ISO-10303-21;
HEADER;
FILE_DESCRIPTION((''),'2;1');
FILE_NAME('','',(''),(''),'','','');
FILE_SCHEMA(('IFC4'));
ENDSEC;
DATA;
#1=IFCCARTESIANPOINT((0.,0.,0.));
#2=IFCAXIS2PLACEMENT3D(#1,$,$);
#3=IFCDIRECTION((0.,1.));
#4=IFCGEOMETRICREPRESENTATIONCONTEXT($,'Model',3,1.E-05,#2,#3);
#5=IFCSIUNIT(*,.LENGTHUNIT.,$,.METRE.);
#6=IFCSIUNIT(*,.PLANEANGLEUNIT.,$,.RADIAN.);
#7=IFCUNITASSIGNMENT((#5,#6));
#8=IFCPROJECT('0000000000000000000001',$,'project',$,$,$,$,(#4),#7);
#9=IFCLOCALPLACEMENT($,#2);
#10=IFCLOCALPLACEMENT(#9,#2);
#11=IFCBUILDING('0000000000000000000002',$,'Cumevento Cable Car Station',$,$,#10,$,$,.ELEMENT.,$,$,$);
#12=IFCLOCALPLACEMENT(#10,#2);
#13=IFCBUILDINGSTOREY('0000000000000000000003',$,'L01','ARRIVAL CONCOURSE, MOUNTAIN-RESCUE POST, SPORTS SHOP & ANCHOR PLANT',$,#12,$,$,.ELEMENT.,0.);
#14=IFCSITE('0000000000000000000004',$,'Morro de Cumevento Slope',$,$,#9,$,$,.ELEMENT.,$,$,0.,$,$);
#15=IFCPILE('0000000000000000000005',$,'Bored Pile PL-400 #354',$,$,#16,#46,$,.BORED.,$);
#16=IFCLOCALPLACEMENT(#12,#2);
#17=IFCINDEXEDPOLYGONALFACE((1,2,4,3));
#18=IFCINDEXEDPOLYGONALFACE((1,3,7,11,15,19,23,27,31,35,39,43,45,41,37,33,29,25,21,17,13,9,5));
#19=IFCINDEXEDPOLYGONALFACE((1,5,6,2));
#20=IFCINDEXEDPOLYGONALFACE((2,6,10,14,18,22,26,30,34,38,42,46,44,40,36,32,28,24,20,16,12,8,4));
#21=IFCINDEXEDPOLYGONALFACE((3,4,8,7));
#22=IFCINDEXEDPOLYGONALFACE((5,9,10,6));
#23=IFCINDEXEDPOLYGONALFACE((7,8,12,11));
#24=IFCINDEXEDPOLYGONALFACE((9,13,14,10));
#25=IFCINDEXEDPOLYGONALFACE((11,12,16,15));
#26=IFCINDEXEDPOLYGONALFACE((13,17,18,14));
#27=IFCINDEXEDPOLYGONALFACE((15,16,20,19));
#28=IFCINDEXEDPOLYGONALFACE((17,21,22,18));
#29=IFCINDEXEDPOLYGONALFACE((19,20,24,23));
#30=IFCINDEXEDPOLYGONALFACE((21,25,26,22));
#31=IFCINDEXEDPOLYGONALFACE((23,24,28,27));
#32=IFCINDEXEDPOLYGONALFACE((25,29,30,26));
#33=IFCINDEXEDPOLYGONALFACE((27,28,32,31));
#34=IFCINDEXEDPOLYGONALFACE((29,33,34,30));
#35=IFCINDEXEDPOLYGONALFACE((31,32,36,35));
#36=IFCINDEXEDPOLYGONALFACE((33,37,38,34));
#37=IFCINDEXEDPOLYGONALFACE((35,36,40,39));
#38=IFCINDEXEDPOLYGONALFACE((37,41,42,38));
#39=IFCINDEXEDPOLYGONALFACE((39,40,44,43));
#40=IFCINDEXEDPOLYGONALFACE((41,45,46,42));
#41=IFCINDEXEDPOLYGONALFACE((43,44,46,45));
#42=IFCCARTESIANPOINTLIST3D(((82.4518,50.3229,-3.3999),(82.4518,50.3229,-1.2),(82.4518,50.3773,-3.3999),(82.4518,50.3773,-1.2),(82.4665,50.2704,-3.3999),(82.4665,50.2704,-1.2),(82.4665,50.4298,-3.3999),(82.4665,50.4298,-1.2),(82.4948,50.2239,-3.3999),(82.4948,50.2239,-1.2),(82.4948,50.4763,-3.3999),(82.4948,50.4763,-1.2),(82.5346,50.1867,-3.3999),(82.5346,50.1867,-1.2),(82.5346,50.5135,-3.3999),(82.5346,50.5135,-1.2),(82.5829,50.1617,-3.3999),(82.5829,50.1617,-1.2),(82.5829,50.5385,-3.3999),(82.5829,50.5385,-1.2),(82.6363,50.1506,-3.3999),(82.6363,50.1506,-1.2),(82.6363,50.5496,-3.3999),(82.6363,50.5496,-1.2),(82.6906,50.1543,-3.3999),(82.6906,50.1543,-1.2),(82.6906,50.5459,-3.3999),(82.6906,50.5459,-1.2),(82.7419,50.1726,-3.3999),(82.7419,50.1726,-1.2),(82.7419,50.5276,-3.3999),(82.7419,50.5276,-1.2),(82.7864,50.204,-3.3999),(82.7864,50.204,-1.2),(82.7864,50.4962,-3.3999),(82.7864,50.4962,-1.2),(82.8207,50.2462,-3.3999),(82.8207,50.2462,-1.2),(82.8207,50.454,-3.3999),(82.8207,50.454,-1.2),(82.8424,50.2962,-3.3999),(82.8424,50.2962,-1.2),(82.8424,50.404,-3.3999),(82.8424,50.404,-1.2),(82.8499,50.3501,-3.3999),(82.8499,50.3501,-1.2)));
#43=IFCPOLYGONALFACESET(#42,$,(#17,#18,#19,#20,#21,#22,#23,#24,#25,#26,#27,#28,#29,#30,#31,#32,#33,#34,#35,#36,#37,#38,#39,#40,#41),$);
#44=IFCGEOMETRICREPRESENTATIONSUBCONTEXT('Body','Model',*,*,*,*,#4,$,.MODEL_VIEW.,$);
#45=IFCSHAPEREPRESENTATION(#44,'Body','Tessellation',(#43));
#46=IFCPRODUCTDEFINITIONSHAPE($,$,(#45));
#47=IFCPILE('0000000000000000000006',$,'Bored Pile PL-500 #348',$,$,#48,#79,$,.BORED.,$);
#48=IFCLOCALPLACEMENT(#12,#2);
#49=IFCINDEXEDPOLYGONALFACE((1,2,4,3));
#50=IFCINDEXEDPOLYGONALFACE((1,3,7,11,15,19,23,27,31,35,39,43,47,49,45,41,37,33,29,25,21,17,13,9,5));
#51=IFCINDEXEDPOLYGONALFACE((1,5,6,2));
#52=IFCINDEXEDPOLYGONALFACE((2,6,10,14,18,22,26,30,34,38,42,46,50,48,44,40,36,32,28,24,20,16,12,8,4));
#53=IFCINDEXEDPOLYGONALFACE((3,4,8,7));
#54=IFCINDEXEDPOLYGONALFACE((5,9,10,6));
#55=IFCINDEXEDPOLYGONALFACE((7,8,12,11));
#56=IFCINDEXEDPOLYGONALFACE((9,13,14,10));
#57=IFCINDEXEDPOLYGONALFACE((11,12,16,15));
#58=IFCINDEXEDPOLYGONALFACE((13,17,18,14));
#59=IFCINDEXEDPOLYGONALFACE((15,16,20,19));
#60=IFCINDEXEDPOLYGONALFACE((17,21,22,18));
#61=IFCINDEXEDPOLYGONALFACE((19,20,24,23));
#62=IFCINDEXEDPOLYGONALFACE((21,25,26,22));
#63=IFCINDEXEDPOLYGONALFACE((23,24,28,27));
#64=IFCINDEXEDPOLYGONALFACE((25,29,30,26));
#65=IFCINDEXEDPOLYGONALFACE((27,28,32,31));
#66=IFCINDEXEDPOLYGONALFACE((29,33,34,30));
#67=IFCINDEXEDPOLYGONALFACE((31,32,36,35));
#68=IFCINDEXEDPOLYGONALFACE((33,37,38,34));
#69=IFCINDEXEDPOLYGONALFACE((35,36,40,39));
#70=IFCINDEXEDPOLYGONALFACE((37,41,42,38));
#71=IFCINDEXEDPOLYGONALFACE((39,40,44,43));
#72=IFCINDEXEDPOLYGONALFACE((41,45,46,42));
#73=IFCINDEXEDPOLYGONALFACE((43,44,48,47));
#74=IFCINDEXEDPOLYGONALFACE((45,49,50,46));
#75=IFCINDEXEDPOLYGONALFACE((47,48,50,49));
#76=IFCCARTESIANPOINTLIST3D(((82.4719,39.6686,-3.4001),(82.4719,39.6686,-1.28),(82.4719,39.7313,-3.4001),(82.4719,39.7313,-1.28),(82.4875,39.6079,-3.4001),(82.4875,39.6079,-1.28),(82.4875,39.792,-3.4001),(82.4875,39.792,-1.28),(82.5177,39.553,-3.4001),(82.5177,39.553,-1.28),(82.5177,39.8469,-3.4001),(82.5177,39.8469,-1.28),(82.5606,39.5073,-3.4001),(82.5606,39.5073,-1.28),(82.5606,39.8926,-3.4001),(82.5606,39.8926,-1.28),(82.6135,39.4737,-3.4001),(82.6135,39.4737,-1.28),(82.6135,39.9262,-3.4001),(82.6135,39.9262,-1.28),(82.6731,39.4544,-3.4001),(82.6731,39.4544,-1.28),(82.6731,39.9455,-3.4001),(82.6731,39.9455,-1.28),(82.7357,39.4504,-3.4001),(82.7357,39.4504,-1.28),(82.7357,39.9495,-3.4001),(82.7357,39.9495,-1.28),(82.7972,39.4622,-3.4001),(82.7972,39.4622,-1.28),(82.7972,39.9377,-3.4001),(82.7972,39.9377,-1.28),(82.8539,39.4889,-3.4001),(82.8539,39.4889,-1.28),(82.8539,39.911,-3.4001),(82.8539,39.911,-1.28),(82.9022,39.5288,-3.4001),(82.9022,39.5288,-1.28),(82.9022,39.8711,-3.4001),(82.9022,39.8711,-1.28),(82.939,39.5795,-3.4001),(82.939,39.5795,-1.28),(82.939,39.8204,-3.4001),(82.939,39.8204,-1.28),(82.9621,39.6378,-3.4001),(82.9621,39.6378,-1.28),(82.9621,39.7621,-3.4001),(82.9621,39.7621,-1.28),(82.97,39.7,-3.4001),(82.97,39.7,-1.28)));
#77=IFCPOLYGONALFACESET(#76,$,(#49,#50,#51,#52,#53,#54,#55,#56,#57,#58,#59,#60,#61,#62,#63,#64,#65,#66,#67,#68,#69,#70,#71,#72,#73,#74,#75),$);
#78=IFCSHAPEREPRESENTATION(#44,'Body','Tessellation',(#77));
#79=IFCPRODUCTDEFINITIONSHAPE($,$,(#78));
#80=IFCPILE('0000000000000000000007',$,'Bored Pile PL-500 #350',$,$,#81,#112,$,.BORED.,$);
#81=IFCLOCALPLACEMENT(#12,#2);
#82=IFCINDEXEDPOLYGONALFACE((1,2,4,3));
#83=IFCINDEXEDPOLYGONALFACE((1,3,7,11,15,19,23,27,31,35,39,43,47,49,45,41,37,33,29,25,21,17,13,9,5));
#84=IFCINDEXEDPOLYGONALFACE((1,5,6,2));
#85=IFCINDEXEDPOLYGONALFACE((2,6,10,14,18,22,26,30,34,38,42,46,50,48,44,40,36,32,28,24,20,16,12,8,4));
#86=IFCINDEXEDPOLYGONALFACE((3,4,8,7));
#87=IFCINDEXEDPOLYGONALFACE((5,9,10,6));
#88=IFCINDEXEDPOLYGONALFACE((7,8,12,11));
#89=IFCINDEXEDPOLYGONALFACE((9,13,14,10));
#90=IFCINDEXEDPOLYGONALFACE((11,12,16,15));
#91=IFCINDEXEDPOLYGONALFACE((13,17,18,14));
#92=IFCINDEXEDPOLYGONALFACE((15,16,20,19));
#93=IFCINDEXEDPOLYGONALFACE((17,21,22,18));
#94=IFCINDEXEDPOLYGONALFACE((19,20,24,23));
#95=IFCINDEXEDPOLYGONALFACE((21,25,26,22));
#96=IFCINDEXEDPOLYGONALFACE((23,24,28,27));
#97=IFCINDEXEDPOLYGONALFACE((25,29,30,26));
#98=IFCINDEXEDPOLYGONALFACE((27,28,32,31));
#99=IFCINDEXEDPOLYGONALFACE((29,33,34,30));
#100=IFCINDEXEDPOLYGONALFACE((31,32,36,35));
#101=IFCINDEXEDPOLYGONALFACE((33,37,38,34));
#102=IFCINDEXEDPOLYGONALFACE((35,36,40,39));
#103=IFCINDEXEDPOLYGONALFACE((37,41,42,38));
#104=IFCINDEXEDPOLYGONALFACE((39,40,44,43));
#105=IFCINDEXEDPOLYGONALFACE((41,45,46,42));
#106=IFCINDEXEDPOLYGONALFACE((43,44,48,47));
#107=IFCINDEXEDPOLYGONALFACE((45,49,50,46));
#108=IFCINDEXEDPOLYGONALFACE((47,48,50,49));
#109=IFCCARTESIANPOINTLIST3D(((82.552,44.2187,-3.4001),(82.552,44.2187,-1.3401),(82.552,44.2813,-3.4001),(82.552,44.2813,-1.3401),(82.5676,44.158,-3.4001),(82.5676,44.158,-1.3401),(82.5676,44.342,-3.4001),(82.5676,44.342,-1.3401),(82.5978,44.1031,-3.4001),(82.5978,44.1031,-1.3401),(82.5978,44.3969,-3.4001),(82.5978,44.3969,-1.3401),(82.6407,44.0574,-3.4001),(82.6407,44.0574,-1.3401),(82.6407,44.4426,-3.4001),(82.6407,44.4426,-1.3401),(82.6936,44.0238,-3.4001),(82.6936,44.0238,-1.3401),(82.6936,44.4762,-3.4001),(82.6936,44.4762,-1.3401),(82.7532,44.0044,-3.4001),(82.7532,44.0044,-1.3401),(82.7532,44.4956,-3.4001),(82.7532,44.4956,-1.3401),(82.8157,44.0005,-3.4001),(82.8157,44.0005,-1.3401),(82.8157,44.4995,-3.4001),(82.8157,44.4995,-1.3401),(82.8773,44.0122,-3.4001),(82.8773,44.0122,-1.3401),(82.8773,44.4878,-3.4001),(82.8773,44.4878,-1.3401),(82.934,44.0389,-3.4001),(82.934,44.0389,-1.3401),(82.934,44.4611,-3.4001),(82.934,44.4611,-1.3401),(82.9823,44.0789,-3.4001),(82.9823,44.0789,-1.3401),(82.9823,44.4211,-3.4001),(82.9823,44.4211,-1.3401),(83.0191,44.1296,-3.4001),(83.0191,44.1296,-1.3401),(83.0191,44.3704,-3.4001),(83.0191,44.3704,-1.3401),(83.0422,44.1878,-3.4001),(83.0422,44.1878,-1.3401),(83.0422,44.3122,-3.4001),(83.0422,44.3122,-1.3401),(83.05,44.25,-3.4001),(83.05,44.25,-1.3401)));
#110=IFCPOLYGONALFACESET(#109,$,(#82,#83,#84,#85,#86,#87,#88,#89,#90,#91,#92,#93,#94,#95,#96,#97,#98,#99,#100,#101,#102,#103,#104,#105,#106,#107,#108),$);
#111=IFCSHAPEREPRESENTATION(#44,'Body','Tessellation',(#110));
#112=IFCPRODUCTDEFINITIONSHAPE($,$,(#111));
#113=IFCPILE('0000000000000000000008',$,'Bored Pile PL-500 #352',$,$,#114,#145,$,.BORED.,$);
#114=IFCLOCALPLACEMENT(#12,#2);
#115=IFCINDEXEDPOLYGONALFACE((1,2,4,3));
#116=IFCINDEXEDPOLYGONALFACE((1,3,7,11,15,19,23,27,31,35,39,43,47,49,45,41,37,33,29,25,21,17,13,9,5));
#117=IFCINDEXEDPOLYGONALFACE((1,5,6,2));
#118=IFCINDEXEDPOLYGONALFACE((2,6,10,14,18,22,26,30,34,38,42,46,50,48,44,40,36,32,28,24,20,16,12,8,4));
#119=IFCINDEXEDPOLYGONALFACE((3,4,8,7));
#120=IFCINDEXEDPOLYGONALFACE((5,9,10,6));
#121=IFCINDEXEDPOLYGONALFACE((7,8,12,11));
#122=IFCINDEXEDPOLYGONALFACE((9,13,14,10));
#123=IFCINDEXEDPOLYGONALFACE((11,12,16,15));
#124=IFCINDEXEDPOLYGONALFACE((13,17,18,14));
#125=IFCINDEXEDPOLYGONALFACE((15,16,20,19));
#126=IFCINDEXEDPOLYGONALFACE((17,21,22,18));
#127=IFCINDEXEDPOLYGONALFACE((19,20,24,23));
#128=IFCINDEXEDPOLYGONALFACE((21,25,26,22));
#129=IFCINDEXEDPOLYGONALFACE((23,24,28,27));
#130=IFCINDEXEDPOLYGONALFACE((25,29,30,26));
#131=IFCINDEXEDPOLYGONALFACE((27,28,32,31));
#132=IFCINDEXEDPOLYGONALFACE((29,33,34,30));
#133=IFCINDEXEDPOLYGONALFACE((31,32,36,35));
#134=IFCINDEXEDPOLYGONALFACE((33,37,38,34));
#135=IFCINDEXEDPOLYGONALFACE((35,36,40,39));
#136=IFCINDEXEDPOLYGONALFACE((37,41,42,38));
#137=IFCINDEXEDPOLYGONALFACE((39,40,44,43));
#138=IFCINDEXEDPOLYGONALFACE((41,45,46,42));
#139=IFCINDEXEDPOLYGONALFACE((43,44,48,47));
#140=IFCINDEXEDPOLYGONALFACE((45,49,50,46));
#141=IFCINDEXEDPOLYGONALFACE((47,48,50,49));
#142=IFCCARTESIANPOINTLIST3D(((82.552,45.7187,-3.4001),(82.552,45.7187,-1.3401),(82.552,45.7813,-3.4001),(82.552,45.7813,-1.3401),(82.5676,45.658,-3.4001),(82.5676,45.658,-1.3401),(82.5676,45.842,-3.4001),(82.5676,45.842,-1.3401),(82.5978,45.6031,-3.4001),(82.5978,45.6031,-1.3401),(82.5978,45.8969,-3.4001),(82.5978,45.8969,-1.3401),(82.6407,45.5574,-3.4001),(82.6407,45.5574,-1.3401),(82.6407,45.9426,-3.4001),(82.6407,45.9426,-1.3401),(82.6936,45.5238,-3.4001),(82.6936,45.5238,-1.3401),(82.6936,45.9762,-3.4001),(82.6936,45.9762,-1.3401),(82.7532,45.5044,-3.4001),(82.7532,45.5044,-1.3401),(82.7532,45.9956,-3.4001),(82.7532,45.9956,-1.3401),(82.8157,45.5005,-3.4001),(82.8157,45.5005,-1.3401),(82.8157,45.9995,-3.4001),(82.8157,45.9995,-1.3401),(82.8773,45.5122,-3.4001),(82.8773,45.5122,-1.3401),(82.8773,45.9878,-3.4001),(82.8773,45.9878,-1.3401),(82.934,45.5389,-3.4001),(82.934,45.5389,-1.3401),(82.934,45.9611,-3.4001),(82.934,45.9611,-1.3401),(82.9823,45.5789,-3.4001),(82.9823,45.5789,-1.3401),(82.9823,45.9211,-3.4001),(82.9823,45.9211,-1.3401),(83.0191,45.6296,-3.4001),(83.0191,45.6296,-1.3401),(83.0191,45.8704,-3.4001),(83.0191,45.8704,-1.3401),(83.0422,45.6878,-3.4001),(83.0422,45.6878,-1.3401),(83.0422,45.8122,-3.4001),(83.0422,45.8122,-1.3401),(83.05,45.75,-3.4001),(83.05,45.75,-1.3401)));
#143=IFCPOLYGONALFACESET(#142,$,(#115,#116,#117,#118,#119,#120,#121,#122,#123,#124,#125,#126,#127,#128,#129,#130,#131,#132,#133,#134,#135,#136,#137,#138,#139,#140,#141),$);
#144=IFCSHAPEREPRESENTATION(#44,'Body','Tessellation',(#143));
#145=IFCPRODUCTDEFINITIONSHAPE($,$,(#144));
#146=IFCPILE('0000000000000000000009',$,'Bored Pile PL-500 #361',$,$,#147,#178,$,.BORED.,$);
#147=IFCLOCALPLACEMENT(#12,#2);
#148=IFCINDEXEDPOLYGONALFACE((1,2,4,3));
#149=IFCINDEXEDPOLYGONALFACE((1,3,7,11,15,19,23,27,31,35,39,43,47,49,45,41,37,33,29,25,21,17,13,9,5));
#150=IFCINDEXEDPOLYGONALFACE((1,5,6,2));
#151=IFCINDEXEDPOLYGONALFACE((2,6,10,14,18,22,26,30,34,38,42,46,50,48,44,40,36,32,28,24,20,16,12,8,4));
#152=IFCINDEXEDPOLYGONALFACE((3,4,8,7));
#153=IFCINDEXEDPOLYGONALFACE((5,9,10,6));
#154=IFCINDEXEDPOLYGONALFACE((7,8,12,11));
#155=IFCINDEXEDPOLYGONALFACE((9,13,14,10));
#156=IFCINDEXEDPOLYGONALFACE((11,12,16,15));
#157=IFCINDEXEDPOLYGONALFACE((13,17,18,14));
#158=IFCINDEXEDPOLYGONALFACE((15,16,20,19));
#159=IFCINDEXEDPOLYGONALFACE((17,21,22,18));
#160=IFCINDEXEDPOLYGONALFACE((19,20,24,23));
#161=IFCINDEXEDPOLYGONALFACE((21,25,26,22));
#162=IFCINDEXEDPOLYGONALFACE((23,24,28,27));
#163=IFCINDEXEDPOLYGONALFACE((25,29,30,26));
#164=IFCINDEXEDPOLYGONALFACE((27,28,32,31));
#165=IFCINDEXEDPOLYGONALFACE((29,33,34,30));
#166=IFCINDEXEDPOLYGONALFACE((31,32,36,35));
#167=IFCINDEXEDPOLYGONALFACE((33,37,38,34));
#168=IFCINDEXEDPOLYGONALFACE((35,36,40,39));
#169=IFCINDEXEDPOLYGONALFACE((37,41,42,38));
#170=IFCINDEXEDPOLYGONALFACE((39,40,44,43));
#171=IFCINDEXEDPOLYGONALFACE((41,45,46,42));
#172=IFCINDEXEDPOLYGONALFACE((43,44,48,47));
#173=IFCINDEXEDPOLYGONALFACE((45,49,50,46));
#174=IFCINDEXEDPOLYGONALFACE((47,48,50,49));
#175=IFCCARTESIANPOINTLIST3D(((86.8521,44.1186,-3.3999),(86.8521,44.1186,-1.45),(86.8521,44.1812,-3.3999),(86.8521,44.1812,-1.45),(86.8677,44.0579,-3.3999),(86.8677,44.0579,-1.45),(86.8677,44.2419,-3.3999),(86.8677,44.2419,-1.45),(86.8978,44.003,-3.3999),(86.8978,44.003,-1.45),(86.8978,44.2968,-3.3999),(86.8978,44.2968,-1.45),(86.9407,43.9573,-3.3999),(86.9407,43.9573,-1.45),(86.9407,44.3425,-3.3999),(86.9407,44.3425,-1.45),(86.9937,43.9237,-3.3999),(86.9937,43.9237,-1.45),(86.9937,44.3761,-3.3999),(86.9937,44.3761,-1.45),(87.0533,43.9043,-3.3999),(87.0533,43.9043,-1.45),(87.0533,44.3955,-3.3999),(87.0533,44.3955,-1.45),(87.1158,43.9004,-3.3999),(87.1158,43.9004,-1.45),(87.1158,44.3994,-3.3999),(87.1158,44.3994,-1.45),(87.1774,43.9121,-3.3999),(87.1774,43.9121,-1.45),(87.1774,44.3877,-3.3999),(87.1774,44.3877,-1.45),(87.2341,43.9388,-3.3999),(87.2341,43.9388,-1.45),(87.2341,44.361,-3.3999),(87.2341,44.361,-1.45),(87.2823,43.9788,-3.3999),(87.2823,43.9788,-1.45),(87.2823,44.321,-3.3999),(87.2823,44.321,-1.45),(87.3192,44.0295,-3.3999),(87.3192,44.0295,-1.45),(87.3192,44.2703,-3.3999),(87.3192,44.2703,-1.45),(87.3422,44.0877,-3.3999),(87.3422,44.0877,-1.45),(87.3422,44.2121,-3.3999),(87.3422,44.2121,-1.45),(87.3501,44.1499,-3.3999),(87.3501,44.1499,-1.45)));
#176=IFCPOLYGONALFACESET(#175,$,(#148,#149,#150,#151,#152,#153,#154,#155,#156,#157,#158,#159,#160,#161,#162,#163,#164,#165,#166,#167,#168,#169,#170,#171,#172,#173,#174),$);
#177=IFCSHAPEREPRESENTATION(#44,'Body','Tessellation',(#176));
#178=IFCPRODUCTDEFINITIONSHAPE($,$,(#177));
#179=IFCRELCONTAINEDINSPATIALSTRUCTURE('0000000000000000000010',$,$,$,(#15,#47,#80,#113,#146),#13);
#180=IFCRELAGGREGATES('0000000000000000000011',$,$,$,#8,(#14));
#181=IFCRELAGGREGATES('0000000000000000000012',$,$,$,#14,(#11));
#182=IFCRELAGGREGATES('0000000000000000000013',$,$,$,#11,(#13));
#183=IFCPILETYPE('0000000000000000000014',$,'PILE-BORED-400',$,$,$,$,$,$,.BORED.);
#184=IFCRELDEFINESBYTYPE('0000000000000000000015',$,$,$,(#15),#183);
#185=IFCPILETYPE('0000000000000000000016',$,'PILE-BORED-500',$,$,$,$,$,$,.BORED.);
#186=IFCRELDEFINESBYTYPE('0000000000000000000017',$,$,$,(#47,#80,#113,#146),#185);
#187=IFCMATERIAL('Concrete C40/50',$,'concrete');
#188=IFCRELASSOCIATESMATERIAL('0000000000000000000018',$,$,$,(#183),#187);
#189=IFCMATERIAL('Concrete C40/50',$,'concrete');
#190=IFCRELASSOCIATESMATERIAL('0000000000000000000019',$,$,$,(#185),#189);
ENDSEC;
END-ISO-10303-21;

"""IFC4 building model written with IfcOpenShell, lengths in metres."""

from ifc_helpers import new_model, si_unit, direction, frame, origin, origin_2d, place, context, subcontext, project, spatial, circle, extrude, material, material_profile, profile_set, type_object, element, save


model = new_model("IFC4")

# Units and contexts
model_context = context("Model", 3, precision=1e-05, world=origin(), true_north=direction((0.0, 1.0)))
body_context = subcontext(model_context, "Body", "Model", "MODEL_VIEW")
ifc_project = project(units=[si_unit("LENGTHUNIT", "METRE"), si_unit("PLANEANGLEUNIT", "RADIAN")], contexts=[model_context])

# Site, building, storey
site_placement = place(None, origin())
site = spatial("IfcSite", under=ifc_project, at=site_placement, Name="Morro de Cumevento Slope", CompositionType="ELEMENT", RefElevation=0.0)
building_placement = place(site_placement, origin())
building = spatial("IfcBuilding", under=site, at=building_placement, Name="Cumevento Cable Car Station", CompositionType="ELEMENT")
storey_placement = place(building_placement, origin())
storey = spatial("IfcBuildingStorey", under=building, at=storey_placement, Name="L01", Description="ARRIVAL CONCOURSE, MOUNTAIN-RESCUE POST, SPORTS SHOP & ANCHOR PLANT", CompositionType="ELEMENT", Elevation=0.0)

# Piles
ifc_material_1 = material(Name="Concrete C40/50", Category="concrete")
ifc_material_profile_1 = material_profile(ifc_material_1, circle(Radius=0.2, at=origin_2d()), Name="PILE-D400")
ifc_profile_set_1 = profile_set([ifc_material_profile_1], Name="Concrete C40/50")
pile_type_1 = type_object("IfcPileType", Name="PILE-BORED-400", PredefinedType="BORED", material=ifc_profile_set_1)
pile_1_placement = place(storey_placement, frame((82.6499, 50.3501, -1.2), z_axis=(0.0, 0.0, -1.0), x_axis=(1.0, 0.0, 0.0)))
element("IfcPile", 1, at=pile_1_placement, inside=storey, type_object=pile_type_1, Name="Bored Pile PL-400 #354", PredefinedType="BORED", context=body_context, shape_type="SweptSolid", body=[
    extrude(circle(Radius=0.2, at=origin_2d()), origin(), (0.0, 0.0, 1.0), 2.2),
])
ifc_material_2 = material(Name="Concrete C40/50", Category="concrete")
ifc_material_profile_2 = material_profile(ifc_material_2, circle(Radius=0.25, at=origin_2d()), Name="PILE-D500")
ifc_profile_set_2 = profile_set([ifc_material_profile_2], Name="Concrete C40/50")
pile_type_2 = type_object("IfcPileType", Name="PILE-BORED-500", PredefinedType="BORED", material=ifc_profile_set_2)
pile_2_placement = place(storey_placement, frame((82.72, 39.7, -1.28), z_axis=(0.0, 0.0, -1.0), x_axis=(1.0, 0.0, 0.0)))
element("IfcPile", 2, at=pile_2_placement, inside=storey, type_object=pile_type_2, Name="Bored Pile PL-500 #348", PredefinedType="BORED", context=body_context, shape_type="SweptSolid", body=[
    extrude(circle(Radius=0.25, at=origin_2d()), origin(), (0.0, 0.0, 1.0), 2.1201),
])
for number, where, z_axis, x_axis, name in (
    (3, (82.8, 44.25, -1.3401), (0.0, 0.0, -1.0), (1.0, 0.0, 0.0), "Bored Pile PL-500 #350"),
    (4, (82.8, 45.75, -1.3401), (0.0, 0.0, -1.0), (1.0, 0.0, 0.0), "Bored Pile PL-500 #352"),
):
    element("IfcPile", number, at=place(storey_placement, frame(where, z_axis=z_axis, x_axis=x_axis)), inside=storey, type_object=pile_type_2, Name=name, PredefinedType="BORED", context=body_context, shape_type="SweptSolid", body=[
        extrude(circle(Radius=0.25, at=origin_2d()), origin(), (0.0, 0.0, 1.0), 2.0601),
    ])
for number, where, z_axis, x_axis, name in (
    (5, (87.1001, 44.1499, -1.45), (0.0, 0.0, -1.0), (1.0, 0.0, 0.0), "Bored Pile PL-500 #361"),
):
    element("IfcPile", number, at=place(storey_placement, frame(where, z_axis=z_axis, x_axis=x_axis)), inside=storey, type_object=pile_type_2, Name=name, PredefinedType="BORED", context=body_context, shape_type="SweptSolid", body=[
        extrude(circle(Radius=0.25, at=origin_2d()), origin(), (0.0, 0.0, 1.0), 1.95),
    ])

save(model, "model.ifc")
